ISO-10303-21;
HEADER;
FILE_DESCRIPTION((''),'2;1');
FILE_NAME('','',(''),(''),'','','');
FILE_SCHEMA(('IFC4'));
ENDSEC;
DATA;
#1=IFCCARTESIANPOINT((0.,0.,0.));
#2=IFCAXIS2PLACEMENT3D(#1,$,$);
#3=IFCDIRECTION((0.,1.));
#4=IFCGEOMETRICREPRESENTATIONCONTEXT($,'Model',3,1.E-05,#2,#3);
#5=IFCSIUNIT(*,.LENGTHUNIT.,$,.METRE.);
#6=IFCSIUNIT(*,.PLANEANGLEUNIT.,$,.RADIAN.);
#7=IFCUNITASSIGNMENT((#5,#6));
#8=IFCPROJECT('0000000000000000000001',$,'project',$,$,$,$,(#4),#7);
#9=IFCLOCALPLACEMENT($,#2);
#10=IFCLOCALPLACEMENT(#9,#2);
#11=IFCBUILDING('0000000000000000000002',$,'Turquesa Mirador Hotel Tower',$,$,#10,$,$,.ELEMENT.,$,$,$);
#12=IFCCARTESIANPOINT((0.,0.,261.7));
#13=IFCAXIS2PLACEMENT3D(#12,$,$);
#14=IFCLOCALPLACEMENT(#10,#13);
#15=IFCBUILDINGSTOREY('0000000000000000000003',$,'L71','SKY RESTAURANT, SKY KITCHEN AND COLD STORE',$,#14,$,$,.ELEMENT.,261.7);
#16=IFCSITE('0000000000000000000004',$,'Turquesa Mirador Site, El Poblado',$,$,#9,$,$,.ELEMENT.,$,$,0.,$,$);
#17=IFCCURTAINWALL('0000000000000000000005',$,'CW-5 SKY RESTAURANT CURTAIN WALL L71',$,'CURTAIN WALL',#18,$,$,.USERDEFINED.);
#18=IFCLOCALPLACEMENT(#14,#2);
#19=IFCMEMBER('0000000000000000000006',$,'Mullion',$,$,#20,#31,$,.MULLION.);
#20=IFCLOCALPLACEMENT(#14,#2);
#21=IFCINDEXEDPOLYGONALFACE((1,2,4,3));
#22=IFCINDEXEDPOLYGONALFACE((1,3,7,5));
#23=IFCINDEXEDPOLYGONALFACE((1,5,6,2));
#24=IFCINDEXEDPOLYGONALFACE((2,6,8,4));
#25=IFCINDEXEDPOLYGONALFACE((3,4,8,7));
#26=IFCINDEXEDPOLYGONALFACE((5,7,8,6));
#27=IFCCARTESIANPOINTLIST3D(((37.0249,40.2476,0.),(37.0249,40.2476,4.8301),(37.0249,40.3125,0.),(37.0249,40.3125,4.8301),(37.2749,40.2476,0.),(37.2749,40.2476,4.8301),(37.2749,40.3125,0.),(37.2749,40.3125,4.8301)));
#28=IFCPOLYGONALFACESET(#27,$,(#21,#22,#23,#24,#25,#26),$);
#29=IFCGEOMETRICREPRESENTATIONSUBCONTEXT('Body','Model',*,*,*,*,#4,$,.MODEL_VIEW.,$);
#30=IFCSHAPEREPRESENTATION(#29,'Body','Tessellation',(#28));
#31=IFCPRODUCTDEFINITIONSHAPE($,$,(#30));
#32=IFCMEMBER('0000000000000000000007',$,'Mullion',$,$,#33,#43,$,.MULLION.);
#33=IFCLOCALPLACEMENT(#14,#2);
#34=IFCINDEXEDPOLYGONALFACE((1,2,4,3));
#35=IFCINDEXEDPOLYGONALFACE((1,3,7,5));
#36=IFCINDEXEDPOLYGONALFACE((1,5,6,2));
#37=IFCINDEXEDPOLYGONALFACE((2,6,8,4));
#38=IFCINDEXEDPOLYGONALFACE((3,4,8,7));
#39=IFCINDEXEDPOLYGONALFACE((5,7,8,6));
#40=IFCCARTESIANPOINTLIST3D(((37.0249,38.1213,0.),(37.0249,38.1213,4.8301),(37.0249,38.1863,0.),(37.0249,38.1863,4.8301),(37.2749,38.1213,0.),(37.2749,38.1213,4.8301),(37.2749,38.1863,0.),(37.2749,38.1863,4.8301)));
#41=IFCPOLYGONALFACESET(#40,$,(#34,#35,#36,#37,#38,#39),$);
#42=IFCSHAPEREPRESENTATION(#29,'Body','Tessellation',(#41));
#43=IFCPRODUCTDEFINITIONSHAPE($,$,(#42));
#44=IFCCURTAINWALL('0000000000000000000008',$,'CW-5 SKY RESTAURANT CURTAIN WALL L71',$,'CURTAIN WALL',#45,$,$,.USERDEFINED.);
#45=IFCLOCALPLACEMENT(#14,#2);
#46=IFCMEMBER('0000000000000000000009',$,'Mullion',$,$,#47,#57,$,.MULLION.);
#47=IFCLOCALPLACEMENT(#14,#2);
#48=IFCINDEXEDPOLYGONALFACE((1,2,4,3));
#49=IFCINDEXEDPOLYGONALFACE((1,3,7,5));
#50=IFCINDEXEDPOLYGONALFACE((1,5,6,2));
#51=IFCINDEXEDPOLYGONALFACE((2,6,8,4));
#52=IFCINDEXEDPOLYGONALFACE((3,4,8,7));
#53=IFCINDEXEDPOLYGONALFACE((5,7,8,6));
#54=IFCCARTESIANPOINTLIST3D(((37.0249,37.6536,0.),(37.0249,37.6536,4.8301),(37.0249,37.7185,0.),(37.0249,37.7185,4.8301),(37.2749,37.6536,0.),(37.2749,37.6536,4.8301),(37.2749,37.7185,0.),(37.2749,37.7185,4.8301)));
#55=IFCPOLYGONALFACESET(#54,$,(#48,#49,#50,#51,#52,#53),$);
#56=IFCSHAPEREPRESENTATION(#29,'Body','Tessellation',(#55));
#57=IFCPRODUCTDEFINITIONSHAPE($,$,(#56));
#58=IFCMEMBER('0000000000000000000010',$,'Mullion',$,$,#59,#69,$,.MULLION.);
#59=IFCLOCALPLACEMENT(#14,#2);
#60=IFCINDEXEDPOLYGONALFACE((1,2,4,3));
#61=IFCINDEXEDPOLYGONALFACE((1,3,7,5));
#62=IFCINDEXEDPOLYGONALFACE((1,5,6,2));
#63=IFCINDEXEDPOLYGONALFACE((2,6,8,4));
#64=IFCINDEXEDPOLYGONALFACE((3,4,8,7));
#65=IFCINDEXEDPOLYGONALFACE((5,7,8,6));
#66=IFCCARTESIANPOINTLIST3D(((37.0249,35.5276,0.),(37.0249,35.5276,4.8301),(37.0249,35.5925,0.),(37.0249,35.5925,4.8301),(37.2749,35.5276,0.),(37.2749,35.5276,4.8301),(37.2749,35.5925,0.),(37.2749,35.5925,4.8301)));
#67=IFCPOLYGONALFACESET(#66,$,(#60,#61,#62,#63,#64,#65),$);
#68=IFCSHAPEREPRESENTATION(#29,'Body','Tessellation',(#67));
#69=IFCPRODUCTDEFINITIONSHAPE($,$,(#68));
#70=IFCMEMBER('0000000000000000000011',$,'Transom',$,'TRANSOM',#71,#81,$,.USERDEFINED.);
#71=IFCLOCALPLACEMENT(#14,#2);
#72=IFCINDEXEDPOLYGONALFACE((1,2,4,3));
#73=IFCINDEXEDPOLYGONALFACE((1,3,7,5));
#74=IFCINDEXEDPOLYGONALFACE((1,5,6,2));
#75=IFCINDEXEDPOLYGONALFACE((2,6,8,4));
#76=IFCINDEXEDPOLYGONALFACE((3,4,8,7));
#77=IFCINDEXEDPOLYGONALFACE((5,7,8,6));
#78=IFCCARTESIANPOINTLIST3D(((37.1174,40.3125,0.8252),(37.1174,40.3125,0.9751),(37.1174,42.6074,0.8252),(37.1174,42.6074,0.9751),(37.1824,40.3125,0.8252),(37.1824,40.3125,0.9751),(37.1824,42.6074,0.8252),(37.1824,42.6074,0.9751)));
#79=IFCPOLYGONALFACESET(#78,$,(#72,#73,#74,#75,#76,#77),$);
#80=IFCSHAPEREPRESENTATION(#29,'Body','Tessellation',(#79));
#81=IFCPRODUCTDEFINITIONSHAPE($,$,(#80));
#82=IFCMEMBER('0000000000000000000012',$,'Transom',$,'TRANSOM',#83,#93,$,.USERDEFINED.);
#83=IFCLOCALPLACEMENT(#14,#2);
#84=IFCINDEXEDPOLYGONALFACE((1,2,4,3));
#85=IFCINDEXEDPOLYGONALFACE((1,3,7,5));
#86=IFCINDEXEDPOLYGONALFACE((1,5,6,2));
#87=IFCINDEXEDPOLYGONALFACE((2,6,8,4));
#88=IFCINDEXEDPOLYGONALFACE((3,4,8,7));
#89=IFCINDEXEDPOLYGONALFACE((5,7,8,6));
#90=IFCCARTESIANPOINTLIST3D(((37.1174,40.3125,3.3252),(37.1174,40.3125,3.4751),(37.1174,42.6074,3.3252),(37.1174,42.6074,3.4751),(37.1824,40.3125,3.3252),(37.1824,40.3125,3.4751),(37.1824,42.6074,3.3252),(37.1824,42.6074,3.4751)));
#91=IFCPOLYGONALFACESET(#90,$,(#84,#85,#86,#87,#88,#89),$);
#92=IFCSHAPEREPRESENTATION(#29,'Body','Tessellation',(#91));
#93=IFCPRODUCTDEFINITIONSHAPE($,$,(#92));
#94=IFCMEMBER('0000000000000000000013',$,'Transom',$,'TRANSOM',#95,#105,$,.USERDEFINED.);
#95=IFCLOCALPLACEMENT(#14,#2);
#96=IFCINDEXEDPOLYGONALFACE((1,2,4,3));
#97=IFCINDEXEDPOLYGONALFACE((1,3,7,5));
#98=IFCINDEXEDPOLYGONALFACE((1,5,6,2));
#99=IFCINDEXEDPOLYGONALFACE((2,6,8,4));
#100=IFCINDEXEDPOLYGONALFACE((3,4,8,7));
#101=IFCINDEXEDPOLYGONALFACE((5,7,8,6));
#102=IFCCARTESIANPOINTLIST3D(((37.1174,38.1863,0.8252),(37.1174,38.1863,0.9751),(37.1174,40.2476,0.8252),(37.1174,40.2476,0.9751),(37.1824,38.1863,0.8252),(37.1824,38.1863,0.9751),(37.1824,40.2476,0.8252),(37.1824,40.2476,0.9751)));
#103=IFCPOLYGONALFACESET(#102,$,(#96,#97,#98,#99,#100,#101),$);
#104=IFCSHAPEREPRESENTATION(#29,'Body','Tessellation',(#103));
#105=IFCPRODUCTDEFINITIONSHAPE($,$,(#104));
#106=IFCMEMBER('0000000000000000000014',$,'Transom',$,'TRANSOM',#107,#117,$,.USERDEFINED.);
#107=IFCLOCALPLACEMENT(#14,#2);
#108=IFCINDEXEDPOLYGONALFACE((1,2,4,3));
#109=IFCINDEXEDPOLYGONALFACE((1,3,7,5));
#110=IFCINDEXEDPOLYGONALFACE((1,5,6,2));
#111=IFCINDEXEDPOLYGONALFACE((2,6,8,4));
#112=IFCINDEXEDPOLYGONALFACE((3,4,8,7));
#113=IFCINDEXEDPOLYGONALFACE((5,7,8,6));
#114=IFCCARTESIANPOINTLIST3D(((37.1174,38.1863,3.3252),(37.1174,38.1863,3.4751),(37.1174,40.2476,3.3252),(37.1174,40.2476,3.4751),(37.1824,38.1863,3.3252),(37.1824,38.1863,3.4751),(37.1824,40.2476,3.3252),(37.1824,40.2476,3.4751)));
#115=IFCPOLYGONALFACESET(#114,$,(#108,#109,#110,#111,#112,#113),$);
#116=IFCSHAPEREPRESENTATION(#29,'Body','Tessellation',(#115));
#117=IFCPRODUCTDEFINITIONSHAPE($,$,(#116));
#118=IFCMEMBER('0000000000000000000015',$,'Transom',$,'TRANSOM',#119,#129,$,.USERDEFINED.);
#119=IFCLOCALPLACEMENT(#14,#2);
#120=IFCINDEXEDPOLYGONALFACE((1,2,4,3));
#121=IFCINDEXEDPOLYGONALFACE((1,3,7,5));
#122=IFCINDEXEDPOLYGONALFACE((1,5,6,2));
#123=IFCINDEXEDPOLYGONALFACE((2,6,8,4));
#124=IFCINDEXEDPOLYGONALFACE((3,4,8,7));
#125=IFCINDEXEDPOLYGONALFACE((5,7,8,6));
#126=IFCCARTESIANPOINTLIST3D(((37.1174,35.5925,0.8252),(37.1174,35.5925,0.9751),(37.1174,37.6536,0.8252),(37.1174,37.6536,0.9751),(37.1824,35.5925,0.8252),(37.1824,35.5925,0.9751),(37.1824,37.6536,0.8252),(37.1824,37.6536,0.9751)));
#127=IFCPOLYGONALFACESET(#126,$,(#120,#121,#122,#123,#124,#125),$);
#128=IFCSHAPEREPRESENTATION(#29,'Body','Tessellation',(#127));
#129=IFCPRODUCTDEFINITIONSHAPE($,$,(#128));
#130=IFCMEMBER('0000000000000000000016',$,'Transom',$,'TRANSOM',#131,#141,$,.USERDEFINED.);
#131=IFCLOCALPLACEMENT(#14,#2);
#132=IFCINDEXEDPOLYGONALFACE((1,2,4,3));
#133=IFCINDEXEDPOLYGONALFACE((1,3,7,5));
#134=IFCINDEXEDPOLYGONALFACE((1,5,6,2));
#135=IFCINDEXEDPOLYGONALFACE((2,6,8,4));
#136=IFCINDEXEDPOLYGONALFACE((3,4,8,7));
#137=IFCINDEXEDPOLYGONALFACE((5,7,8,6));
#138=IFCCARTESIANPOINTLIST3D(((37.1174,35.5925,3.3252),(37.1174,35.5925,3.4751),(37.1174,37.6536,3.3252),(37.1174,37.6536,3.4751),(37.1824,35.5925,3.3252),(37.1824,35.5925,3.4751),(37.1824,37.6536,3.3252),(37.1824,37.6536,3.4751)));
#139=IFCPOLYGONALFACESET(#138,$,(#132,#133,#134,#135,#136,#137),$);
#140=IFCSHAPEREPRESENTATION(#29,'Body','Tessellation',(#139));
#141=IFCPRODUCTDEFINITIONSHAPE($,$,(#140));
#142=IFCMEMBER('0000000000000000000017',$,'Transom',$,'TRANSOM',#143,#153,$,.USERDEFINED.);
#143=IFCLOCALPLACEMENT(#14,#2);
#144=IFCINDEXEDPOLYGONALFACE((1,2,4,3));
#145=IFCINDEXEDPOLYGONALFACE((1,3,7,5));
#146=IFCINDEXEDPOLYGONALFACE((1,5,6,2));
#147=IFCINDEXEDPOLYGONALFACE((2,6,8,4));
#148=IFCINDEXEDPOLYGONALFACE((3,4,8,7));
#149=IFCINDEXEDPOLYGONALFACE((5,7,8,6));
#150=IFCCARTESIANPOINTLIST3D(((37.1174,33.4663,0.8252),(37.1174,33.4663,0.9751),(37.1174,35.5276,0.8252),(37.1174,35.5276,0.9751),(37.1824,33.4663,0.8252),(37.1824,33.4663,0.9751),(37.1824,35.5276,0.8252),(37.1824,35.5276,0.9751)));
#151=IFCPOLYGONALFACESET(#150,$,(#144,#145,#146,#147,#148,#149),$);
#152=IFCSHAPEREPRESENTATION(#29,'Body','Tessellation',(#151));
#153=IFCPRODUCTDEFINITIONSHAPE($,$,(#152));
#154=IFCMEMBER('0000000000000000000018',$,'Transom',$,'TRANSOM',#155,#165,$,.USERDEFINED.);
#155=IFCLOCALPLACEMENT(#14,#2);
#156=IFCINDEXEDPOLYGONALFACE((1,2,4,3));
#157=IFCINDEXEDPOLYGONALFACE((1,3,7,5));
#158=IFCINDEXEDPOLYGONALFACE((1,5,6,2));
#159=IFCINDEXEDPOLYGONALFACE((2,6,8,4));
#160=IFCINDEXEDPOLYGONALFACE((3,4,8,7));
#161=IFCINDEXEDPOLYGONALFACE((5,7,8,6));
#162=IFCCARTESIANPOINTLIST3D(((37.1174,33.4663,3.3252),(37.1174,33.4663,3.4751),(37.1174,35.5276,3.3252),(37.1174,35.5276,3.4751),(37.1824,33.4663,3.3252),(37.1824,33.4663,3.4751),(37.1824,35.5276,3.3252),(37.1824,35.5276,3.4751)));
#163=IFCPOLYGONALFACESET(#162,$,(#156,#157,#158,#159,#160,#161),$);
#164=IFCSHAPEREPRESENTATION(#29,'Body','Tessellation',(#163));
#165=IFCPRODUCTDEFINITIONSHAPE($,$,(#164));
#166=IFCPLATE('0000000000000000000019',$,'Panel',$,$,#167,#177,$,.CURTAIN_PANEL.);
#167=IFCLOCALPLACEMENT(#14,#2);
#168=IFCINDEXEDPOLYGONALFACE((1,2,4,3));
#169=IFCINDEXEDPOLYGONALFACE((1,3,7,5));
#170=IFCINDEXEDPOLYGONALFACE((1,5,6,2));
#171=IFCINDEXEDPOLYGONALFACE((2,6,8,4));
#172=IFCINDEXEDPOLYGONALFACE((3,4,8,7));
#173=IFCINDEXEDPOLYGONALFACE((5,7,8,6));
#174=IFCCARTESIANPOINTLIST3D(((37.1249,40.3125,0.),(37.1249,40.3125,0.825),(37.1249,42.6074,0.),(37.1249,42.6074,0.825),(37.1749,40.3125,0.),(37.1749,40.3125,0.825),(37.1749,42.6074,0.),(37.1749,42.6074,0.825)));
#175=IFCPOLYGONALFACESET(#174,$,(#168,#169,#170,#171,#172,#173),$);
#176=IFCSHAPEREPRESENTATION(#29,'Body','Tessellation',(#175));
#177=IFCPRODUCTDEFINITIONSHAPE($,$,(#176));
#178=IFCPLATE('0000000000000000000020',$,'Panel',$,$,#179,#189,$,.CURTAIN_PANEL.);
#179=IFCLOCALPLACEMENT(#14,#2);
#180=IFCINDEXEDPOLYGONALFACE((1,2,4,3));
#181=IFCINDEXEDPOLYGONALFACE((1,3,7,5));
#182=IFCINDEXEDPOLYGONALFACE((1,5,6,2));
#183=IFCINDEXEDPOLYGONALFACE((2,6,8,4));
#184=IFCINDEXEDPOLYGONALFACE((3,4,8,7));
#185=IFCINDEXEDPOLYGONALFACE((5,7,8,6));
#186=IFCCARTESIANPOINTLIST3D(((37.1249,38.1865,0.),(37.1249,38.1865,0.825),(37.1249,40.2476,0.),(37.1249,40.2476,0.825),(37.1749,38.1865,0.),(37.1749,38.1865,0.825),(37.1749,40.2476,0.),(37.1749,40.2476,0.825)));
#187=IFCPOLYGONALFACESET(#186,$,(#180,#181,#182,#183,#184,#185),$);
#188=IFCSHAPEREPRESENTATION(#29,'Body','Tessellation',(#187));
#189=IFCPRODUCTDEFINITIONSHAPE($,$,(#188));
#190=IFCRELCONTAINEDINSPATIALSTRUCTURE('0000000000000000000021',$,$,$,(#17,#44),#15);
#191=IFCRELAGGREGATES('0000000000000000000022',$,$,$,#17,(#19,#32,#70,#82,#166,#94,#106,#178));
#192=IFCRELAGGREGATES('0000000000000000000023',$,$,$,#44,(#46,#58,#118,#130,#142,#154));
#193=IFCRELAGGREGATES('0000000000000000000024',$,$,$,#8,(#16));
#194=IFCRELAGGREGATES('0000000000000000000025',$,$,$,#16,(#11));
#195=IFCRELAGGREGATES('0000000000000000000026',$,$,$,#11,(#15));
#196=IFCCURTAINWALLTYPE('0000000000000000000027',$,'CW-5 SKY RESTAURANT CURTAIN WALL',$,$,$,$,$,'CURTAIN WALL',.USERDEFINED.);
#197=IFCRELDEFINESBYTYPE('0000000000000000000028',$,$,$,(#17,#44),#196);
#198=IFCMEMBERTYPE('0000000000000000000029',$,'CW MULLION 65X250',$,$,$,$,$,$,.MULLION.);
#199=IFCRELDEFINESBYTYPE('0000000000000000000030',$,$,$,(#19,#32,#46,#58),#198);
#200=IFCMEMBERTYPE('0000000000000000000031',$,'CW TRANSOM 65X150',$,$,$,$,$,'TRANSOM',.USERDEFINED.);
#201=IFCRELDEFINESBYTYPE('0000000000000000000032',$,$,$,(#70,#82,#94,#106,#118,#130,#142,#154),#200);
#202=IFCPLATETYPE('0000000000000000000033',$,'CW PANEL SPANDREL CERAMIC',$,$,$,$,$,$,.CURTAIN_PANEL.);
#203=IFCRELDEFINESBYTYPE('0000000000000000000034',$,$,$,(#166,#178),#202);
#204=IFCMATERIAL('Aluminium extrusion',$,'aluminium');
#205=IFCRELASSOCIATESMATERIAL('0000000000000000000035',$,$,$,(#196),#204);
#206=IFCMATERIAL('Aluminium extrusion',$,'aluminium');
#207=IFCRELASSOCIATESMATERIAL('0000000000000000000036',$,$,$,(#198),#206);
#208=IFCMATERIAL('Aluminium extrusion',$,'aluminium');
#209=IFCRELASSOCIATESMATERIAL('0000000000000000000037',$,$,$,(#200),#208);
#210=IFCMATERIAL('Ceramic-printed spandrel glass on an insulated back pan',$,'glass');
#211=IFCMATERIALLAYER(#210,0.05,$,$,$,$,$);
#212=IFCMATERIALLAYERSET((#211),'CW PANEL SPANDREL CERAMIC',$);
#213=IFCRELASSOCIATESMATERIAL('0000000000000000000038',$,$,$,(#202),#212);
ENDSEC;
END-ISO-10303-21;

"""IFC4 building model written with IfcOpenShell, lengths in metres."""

from ifc_helpers import new_model, si_unit, direction, frame, origin, origin_2d, place, context, subcontext, project, spatial, rectangle, extrude, material, layer, layer_set, material_profile, profile_set, type_object, element, aggregate, save


model = new_model("IFC4")

# Units and contexts
model_context = context("Model", 3, precision=1e-05, world=origin(), true_north=direction((0.0, 1.0)))
body_context = subcontext(model_context, "Body", "Model", "MODEL_VIEW")
ifc_project = project(units=[si_unit("LENGTHUNIT", "METRE"), si_unit("PLANEANGLEUNIT", "RADIAN")], contexts=[model_context])

# Site, building, storey
site_placement = place(None, origin())
site = spatial("IfcSite", under=ifc_project, at=site_placement, Name="Turquesa Mirador Site, El Poblado", CompositionType="ELEMENT", RefElevation=0.0)
building_placement = place(site_placement, origin())
building = spatial("IfcBuilding", under=site, at=building_placement, Name="Turquesa Mirador Hotel Tower", CompositionType="ELEMENT")
storey_placement = place(building_placement, frame((0.0, 0.0, 261.7)))
storey = spatial("IfcBuildingStorey", under=building, at=storey_placement, Name="L71", Description="SKY RESTAURANT, SKY KITCHEN AND COLD STORE", CompositionType="ELEMENT", Elevation=261.7)

# Curtain walls, members
ifc_material_1 = material(Name="Aluminium extrusion", Category="aluminium")
curtain_wall_type = type_object("IfcCurtainWallType", Name="CW-5 SKY RESTAURANT CURTAIN WALL", ElementType="CURTAIN WALL", PredefinedType="USERDEFINED", material=ifc_material_1)
curtain_wall_1_placement = place(storey_placement, origin())
curtain_wall_1 = element("IfcCurtainWall", 1, at=curtain_wall_1_placement, inside=storey, type_object=curtain_wall_type, Name="CW-5 SKY RESTAURANT CURTAIN WALL L71", ObjectType="CURTAIN WALL", PredefinedType="USERDEFINED")
ifc_material_2 = material(Name="Aluminium extrusion", Category="aluminium")
ifc_material_profile_1 = material_profile(ifc_material_2, rectangle(XDim=0.0649, YDim=0.25, at=origin_2d()), Name="MULLION 65X250")
ifc_profile_set_1 = profile_set([ifc_material_profile_1], Name="Aluminium extrusion")
member_type_1 = type_object("IfcMemberType", Name="CW MULLION 65X250", PredefinedType="MULLION", material=ifc_profile_set_1)
member_1_placement = place(storey_placement, frame((37.1499, 40.28, 0.0), z_axis=(0.0, 0.0, 1.0), x_axis=(0.0, -1.0, 0.0)))
member_1 = element("IfcMember", 2, at=member_1_placement, type_object=member_type_1, Name="Mullion", PredefinedType="MULLION", context=body_context, shape_type="SweptSolid", body=[
    extrude(rectangle(XDim=0.0649, YDim=0.25, at=origin_2d()), origin(), (0.0, 0.0, 1.0), 4.8301),
])
member_2_placement = place(storey_placement, frame((37.1499, 38.1538, 0.0), z_axis=(0.0, 0.0, 1.0), x_axis=(0.0, -1.0, 0.0)))
member_2 = element("IfcMember", 3, at=member_2_placement, type_object=member_type_1, Name="Mullion", PredefinedType="MULLION", context=body_context, shape_type="SweptSolid", body=[
    extrude(rectangle(XDim=0.0649, YDim=0.25, at=origin_2d()), origin(), (0.0, 0.0, 1.0), 4.8301),
])
curtain_wall_2_placement = place(storey_placement, origin())
curtain_wall_2 = element("IfcCurtainWall", 4, at=curtain_wall_2_placement, inside=storey, type_object=curtain_wall_type, Name="CW-5 SKY RESTAURANT CURTAIN WALL L71", ObjectType="CURTAIN WALL", PredefinedType="USERDEFINED")
member_3_placement = place(storey_placement, frame((37.1499, 37.686, 0.0), z_axis=(0.0, 0.0, 1.0), x_axis=(0.0, -1.0, 0.0)))
member_3 = element("IfcMember", 5, at=member_3_placement, type_object=member_type_1, Name="Mullion", PredefinedType="MULLION", context=body_context, shape_type="SweptSolid", body=[
    extrude(rectangle(XDim=0.0649, YDim=0.25, at=origin_2d()), origin(), (0.0, 0.0, 1.0), 4.8301),
])
member_4_placement = place(storey_placement, frame((37.1499, 35.5601, 0.0), z_axis=(0.0, 0.0, 1.0), x_axis=(0.0, -1.0, 0.0)))
member_4 = element("IfcMember", 6, at=member_4_placement, type_object=member_type_1, Name="Mullion", PredefinedType="MULLION", context=body_context, shape_type="SweptSolid", body=[
    extrude(rectangle(XDim=0.0649, YDim=0.25, at=origin_2d()), origin(), (0.0, 0.0, 1.0), 4.8301),
])

# Members
ifc_material_3 = material(Name="Aluminium extrusion", Category="aluminium")
ifc_material_profile_2 = material_profile(ifc_material_3, rectangle(XDim=0.0649, YDim=0.1499, at=origin_2d()), Name="TRANSOM 65X150")
ifc_profile_set_2 = profile_set([ifc_material_profile_2], Name="Aluminium extrusion")
member_type_2 = type_object("IfcMemberType", Name="CW TRANSOM 65X150", ElementType="TRANSOM", PredefinedType="USERDEFINED", material=ifc_profile_set_2)
member_5_placement = place(storey_placement, frame((37.1499, 42.6074, 0.9001), z_axis=(0.0, -1.0, 0.0), x_axis=(1.0, 0.0, 0.0)))
member_5 = element("IfcMember", 7, at=member_5_placement, type_object=member_type_2, Name="Transom", ObjectType="TRANSOM", PredefinedType="USERDEFINED", context=body_context, shape_type="SweptSolid", body=[
    extrude(rectangle(XDim=0.0649, YDim=0.1499, at=origin_2d()), origin(), (0.0, 0.0, 1.0), 2.2949),
])
member_6_placement = place(storey_placement, frame((37.1499, 42.6074, 3.4001), z_axis=(0.0, -1.0, 0.0), x_axis=(1.0, 0.0, 0.0)))
member_6 = element("IfcMember", 8, at=member_6_placement, type_object=member_type_2, Name="Transom", ObjectType="TRANSOM", PredefinedType="USERDEFINED", context=body_context, shape_type="SweptSolid", body=[
    extrude(rectangle(XDim=0.0649, YDim=0.1499, at=origin_2d()), origin(), (0.0, 0.0, 1.0), 2.2949),
])
member_7_placement = place(storey_placement, frame((37.1499, 40.2476, 0.9001), z_axis=(0.0, -1.0, 0.0), x_axis=(1.0, 0.0, 0.0)))
member_7 = element("IfcMember", 9, at=member_7_placement, type_object=member_type_2, Name="Transom", ObjectType="TRANSOM", PredefinedType="USERDEFINED", context=body_context, shape_type="SweptSolid", body=[
    extrude(rectangle(XDim=0.0649, YDim=0.1499, at=origin_2d()), origin(), (0.0, 0.0, 1.0), 2.0613),
])
member_8_placement = place(storey_placement, frame((37.1499, 40.2476, 3.4001), z_axis=(0.0, -1.0, 0.0), x_axis=(1.0, 0.0, 0.0)))
member_8 = element("IfcMember", 10, at=member_8_placement, type_object=member_type_2, Name="Transom", ObjectType="TRANSOM", PredefinedType="USERDEFINED", context=body_context, shape_type="SweptSolid", body=[
    extrude(rectangle(XDim=0.0649, YDim=0.1499, at=origin_2d()), origin(), (0.0, 0.0, 1.0), 2.0613),
])
member_9_placement = place(storey_placement, frame((37.1499, 37.6536, 0.9001), z_axis=(0.0, -1.0, 0.0), x_axis=(1.0, 0.0, 0.0)))
member_9 = element("IfcMember", 11, at=member_9_placement, type_object=member_type_2, Name="Transom", ObjectType="TRANSOM", PredefinedType="USERDEFINED", context=body_context, shape_type="SweptSolid", body=[
    extrude(rectangle(XDim=0.0649, YDim=0.1499, at=origin_2d()), origin(), (0.0, 0.0, 1.0), 2.061),
])
member_10_placement = place(storey_placement, frame((37.1499, 37.6536, 3.4001), z_axis=(0.0, -1.0, 0.0), x_axis=(1.0, 0.0, 0.0)))
member_10 = element("IfcMember", 12, at=member_10_placement, type_object=member_type_2, Name="Transom", ObjectType="TRANSOM", PredefinedType="USERDEFINED", context=body_context, shape_type="SweptSolid", body=[
    extrude(rectangle(XDim=0.0649, YDim=0.1499, at=origin_2d()), origin(), (0.0, 0.0, 1.0), 2.061),
])
member_11_placement = place(storey_placement, frame((37.1499, 35.5276, 0.9001), z_axis=(0.0, -1.0, 0.0), x_axis=(1.0, 0.0, 0.0)))
member_11 = element("IfcMember", 13, at=member_11_placement, type_object=member_type_2, Name="Transom", ObjectType="TRANSOM", PredefinedType="USERDEFINED", context=body_context, shape_type="SweptSolid", body=[
    extrude(rectangle(XDim=0.0649, YDim=0.1499, at=origin_2d()), origin(), (0.0, 0.0, 1.0), 2.0613),
])
member_12_placement = place(storey_placement, frame((37.1499, 35.5276, 3.4001), z_axis=(0.0, -1.0, 0.0), x_axis=(1.0, 0.0, 0.0)))
member_12 = element("IfcMember", 14, at=member_12_placement, type_object=member_type_2, Name="Transom", ObjectType="TRANSOM", PredefinedType="USERDEFINED", context=body_context, shape_type="SweptSolid", body=[
    extrude(rectangle(XDim=0.0649, YDim=0.1499, at=origin_2d()), origin(), (0.0, 0.0, 1.0), 2.0613),
])

# Plates
ifc_material_4 = material(Name="Ceramic-printed spandrel glass on an insulated back pan", Category="glass")
ifc_layer_1 = layer(ifc_material_4, 0.05)
ifc_layer_set_1 = layer_set([ifc_layer_1], Name="CW PANEL SPANDREL CERAMIC")
plate_type_1 = type_object("IfcPlateType", Name="CW PANEL SPANDREL CERAMIC", PredefinedType="CURTAIN_PANEL", material=ifc_layer_set_1)
plate_1_placement = place(storey_placement, frame((37.1499, 41.46, 0.0), z_axis=(0.0, 0.0, 1.0), x_axis=(0.0, -1.0, 0.0)))
plate_1 = element("IfcPlate", 15, at=plate_1_placement, type_object=plate_type_1, Name="Panel", PredefinedType="CURTAIN_PANEL", context=body_context, shape_type="SweptSolid", body=[
    extrude(rectangle(XDim=2.2949, YDim=0.05, at=origin_2d()), origin(), (0.0, 0.0, 1.0), 0.825),
])
plate_2_placement = place(storey_placement, frame((37.1499, 39.217, 0.0), z_axis=(0.0, 0.0, 1.0), x_axis=(0.0, -1.0, 0.0)))
plate_2 = element("IfcPlate", 16, at=plate_2_placement, type_object=plate_type_1, Name="Panel", PredefinedType="CURTAIN_PANEL", context=body_context, shape_type="SweptSolid", body=[
    extrude(rectangle(XDim=2.061, YDim=0.05, at=origin_2d()), origin(), (0.0, 0.0, 1.0), 0.825),
])
aggregate(curtain_wall_1, [member_1, member_2, member_5, member_6, plate_1, member_7, member_8, plate_2])
aggregate(curtain_wall_2, [member_3, member_4, member_9, member_10, member_11, member_12])

save(model, "model.ifc")
